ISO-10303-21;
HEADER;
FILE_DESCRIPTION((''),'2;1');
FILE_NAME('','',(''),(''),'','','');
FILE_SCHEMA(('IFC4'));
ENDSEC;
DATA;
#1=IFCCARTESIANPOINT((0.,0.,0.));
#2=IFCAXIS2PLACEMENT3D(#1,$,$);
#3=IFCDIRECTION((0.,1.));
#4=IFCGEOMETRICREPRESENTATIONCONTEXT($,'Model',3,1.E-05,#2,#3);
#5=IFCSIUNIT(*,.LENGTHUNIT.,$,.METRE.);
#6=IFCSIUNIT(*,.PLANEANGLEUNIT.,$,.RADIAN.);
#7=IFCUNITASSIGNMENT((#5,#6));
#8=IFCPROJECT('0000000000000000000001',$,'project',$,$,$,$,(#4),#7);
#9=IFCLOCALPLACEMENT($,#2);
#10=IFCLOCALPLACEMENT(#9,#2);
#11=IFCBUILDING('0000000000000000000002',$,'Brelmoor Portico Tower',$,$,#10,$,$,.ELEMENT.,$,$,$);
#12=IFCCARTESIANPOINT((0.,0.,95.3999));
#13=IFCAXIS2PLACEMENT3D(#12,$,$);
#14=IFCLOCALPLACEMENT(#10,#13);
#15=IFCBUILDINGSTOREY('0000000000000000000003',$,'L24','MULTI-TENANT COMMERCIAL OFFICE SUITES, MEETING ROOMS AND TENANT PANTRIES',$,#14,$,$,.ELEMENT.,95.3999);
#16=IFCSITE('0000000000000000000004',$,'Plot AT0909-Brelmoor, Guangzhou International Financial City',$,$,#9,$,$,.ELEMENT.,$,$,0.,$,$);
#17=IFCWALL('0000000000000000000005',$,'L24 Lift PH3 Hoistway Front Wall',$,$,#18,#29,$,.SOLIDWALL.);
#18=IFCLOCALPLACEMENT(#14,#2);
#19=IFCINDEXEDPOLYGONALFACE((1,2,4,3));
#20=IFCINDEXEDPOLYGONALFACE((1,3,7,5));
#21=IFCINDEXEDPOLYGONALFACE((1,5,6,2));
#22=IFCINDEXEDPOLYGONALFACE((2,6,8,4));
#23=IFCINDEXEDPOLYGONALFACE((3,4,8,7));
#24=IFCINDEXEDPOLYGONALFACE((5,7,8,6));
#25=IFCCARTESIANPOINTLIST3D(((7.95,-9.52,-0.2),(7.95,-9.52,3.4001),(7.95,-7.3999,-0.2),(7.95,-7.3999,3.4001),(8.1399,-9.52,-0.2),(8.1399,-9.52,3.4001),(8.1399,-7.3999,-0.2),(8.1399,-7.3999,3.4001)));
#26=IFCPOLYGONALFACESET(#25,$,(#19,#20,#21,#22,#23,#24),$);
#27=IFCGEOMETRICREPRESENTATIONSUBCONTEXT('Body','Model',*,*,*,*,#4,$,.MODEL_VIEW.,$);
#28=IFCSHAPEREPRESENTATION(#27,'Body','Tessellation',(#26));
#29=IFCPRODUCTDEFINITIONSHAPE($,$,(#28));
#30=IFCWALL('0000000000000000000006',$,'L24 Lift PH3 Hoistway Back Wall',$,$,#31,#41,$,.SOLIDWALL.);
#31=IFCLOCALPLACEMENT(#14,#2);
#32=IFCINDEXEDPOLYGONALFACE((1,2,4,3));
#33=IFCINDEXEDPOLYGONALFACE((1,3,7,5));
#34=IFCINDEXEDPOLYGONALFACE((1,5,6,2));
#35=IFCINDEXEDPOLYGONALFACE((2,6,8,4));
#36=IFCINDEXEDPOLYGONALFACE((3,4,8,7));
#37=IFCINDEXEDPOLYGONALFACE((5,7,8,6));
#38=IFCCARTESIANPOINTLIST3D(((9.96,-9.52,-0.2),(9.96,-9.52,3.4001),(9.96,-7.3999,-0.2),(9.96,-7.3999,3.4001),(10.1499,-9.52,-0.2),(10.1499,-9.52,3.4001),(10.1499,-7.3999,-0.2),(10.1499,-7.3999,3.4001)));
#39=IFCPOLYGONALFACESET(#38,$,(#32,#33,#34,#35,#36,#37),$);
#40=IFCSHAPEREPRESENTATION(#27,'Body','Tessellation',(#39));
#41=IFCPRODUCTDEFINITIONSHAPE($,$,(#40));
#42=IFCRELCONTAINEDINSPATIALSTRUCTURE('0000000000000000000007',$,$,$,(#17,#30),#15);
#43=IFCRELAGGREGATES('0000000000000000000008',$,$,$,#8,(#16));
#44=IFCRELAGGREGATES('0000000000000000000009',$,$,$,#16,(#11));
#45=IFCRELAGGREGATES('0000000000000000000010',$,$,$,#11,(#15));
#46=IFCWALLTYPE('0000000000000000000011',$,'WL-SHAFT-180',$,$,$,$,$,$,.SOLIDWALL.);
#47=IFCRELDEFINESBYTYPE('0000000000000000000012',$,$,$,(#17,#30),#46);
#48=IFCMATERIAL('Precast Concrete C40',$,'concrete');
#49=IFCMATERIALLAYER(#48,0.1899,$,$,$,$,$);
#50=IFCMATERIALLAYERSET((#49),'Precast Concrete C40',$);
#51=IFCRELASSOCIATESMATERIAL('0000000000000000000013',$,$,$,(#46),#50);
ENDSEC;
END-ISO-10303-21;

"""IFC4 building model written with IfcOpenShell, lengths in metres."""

from ifc_helpers import new_model, si_unit, direction, frame, frame_2d, origin, place, context, subcontext, project, spatial, rectangle, extrude, material, layer, layer_set, type_object, element, save


model = new_model("IFC4")

# Units and contexts
model_context = context("Model", 3, precision=1e-05, world=origin(), true_north=direction((0.0, 1.0)))
body_context = subcontext(model_context, "Body", "Model", "MODEL_VIEW")
ifc_project = project(units=[si_unit("LENGTHUNIT", "METRE"), si_unit("PLANEANGLEUNIT", "RADIAN")], contexts=[model_context])

# Site, building, storey
site_placement = place(None, origin())
site = spatial("IfcSite", under=ifc_project, at=site_placement, Name="Plot AT0909-Brelmoor, Guangzhou International Financial City", CompositionType="ELEMENT", RefElevation=0.0)
building_placement = place(site_placement, origin())
building = spatial("IfcBuilding", under=site, at=building_placement, Name="Brelmoor Portico Tower", CompositionType="ELEMENT")
storey_placement = place(building_placement, frame((0.0, 0.0, 95.3999)))
storey = spatial("IfcBuildingStorey", under=building, at=storey_placement, Name="L24", Description="MULTI-TENANT COMMERCIAL OFFICE SUITES, MEETING ROOMS AND TENANT PANTRIES", CompositionType="ELEMENT", Elevation=95.3999)

# Walls
ifc_material_1 = material(Name="Precast Concrete C40", Category="concrete")
ifc_layer_1 = layer(ifc_material_1, 0.1899)
ifc_layer_set_1 = layer_set([ifc_layer_1], Name="Precast Concrete C40")
wall_type_1 = type_object("IfcWallType", Name="WL-SHAFT-180", PredefinedType="SOLIDWALL", material=ifc_layer_set_1)
for number, where, z_axis, x_axis, name in (
    (1, (8.0449, -9.52, -0.2), (0.0, 0.0, 1.0), (0.0, 1.0, 0.0), "L24 Lift PH3 Hoistway Front Wall"),
    (2, (10.0549, -9.52, -0.2), (0.0, 0.0, 1.0), (0.0, 1.0, 0.0), "L24 Lift PH3 Hoistway Back Wall"),
):
    element("IfcWall", number, at=place(storey_placement, frame(where, z_axis=z_axis, x_axis=x_axis)), inside=storey, type_object=wall_type_1, Name=name, PredefinedType="SOLIDWALL", context=body_context, shape_type="SweptSolid", body=[
        extrude(rectangle(XDim=2.1201, YDim=0.1899, at=frame_2d((1.0601, 0.0))), origin(), (0.0, 0.0, 1.0), 3.6001),
    ])

save(model, "model.ifc")
